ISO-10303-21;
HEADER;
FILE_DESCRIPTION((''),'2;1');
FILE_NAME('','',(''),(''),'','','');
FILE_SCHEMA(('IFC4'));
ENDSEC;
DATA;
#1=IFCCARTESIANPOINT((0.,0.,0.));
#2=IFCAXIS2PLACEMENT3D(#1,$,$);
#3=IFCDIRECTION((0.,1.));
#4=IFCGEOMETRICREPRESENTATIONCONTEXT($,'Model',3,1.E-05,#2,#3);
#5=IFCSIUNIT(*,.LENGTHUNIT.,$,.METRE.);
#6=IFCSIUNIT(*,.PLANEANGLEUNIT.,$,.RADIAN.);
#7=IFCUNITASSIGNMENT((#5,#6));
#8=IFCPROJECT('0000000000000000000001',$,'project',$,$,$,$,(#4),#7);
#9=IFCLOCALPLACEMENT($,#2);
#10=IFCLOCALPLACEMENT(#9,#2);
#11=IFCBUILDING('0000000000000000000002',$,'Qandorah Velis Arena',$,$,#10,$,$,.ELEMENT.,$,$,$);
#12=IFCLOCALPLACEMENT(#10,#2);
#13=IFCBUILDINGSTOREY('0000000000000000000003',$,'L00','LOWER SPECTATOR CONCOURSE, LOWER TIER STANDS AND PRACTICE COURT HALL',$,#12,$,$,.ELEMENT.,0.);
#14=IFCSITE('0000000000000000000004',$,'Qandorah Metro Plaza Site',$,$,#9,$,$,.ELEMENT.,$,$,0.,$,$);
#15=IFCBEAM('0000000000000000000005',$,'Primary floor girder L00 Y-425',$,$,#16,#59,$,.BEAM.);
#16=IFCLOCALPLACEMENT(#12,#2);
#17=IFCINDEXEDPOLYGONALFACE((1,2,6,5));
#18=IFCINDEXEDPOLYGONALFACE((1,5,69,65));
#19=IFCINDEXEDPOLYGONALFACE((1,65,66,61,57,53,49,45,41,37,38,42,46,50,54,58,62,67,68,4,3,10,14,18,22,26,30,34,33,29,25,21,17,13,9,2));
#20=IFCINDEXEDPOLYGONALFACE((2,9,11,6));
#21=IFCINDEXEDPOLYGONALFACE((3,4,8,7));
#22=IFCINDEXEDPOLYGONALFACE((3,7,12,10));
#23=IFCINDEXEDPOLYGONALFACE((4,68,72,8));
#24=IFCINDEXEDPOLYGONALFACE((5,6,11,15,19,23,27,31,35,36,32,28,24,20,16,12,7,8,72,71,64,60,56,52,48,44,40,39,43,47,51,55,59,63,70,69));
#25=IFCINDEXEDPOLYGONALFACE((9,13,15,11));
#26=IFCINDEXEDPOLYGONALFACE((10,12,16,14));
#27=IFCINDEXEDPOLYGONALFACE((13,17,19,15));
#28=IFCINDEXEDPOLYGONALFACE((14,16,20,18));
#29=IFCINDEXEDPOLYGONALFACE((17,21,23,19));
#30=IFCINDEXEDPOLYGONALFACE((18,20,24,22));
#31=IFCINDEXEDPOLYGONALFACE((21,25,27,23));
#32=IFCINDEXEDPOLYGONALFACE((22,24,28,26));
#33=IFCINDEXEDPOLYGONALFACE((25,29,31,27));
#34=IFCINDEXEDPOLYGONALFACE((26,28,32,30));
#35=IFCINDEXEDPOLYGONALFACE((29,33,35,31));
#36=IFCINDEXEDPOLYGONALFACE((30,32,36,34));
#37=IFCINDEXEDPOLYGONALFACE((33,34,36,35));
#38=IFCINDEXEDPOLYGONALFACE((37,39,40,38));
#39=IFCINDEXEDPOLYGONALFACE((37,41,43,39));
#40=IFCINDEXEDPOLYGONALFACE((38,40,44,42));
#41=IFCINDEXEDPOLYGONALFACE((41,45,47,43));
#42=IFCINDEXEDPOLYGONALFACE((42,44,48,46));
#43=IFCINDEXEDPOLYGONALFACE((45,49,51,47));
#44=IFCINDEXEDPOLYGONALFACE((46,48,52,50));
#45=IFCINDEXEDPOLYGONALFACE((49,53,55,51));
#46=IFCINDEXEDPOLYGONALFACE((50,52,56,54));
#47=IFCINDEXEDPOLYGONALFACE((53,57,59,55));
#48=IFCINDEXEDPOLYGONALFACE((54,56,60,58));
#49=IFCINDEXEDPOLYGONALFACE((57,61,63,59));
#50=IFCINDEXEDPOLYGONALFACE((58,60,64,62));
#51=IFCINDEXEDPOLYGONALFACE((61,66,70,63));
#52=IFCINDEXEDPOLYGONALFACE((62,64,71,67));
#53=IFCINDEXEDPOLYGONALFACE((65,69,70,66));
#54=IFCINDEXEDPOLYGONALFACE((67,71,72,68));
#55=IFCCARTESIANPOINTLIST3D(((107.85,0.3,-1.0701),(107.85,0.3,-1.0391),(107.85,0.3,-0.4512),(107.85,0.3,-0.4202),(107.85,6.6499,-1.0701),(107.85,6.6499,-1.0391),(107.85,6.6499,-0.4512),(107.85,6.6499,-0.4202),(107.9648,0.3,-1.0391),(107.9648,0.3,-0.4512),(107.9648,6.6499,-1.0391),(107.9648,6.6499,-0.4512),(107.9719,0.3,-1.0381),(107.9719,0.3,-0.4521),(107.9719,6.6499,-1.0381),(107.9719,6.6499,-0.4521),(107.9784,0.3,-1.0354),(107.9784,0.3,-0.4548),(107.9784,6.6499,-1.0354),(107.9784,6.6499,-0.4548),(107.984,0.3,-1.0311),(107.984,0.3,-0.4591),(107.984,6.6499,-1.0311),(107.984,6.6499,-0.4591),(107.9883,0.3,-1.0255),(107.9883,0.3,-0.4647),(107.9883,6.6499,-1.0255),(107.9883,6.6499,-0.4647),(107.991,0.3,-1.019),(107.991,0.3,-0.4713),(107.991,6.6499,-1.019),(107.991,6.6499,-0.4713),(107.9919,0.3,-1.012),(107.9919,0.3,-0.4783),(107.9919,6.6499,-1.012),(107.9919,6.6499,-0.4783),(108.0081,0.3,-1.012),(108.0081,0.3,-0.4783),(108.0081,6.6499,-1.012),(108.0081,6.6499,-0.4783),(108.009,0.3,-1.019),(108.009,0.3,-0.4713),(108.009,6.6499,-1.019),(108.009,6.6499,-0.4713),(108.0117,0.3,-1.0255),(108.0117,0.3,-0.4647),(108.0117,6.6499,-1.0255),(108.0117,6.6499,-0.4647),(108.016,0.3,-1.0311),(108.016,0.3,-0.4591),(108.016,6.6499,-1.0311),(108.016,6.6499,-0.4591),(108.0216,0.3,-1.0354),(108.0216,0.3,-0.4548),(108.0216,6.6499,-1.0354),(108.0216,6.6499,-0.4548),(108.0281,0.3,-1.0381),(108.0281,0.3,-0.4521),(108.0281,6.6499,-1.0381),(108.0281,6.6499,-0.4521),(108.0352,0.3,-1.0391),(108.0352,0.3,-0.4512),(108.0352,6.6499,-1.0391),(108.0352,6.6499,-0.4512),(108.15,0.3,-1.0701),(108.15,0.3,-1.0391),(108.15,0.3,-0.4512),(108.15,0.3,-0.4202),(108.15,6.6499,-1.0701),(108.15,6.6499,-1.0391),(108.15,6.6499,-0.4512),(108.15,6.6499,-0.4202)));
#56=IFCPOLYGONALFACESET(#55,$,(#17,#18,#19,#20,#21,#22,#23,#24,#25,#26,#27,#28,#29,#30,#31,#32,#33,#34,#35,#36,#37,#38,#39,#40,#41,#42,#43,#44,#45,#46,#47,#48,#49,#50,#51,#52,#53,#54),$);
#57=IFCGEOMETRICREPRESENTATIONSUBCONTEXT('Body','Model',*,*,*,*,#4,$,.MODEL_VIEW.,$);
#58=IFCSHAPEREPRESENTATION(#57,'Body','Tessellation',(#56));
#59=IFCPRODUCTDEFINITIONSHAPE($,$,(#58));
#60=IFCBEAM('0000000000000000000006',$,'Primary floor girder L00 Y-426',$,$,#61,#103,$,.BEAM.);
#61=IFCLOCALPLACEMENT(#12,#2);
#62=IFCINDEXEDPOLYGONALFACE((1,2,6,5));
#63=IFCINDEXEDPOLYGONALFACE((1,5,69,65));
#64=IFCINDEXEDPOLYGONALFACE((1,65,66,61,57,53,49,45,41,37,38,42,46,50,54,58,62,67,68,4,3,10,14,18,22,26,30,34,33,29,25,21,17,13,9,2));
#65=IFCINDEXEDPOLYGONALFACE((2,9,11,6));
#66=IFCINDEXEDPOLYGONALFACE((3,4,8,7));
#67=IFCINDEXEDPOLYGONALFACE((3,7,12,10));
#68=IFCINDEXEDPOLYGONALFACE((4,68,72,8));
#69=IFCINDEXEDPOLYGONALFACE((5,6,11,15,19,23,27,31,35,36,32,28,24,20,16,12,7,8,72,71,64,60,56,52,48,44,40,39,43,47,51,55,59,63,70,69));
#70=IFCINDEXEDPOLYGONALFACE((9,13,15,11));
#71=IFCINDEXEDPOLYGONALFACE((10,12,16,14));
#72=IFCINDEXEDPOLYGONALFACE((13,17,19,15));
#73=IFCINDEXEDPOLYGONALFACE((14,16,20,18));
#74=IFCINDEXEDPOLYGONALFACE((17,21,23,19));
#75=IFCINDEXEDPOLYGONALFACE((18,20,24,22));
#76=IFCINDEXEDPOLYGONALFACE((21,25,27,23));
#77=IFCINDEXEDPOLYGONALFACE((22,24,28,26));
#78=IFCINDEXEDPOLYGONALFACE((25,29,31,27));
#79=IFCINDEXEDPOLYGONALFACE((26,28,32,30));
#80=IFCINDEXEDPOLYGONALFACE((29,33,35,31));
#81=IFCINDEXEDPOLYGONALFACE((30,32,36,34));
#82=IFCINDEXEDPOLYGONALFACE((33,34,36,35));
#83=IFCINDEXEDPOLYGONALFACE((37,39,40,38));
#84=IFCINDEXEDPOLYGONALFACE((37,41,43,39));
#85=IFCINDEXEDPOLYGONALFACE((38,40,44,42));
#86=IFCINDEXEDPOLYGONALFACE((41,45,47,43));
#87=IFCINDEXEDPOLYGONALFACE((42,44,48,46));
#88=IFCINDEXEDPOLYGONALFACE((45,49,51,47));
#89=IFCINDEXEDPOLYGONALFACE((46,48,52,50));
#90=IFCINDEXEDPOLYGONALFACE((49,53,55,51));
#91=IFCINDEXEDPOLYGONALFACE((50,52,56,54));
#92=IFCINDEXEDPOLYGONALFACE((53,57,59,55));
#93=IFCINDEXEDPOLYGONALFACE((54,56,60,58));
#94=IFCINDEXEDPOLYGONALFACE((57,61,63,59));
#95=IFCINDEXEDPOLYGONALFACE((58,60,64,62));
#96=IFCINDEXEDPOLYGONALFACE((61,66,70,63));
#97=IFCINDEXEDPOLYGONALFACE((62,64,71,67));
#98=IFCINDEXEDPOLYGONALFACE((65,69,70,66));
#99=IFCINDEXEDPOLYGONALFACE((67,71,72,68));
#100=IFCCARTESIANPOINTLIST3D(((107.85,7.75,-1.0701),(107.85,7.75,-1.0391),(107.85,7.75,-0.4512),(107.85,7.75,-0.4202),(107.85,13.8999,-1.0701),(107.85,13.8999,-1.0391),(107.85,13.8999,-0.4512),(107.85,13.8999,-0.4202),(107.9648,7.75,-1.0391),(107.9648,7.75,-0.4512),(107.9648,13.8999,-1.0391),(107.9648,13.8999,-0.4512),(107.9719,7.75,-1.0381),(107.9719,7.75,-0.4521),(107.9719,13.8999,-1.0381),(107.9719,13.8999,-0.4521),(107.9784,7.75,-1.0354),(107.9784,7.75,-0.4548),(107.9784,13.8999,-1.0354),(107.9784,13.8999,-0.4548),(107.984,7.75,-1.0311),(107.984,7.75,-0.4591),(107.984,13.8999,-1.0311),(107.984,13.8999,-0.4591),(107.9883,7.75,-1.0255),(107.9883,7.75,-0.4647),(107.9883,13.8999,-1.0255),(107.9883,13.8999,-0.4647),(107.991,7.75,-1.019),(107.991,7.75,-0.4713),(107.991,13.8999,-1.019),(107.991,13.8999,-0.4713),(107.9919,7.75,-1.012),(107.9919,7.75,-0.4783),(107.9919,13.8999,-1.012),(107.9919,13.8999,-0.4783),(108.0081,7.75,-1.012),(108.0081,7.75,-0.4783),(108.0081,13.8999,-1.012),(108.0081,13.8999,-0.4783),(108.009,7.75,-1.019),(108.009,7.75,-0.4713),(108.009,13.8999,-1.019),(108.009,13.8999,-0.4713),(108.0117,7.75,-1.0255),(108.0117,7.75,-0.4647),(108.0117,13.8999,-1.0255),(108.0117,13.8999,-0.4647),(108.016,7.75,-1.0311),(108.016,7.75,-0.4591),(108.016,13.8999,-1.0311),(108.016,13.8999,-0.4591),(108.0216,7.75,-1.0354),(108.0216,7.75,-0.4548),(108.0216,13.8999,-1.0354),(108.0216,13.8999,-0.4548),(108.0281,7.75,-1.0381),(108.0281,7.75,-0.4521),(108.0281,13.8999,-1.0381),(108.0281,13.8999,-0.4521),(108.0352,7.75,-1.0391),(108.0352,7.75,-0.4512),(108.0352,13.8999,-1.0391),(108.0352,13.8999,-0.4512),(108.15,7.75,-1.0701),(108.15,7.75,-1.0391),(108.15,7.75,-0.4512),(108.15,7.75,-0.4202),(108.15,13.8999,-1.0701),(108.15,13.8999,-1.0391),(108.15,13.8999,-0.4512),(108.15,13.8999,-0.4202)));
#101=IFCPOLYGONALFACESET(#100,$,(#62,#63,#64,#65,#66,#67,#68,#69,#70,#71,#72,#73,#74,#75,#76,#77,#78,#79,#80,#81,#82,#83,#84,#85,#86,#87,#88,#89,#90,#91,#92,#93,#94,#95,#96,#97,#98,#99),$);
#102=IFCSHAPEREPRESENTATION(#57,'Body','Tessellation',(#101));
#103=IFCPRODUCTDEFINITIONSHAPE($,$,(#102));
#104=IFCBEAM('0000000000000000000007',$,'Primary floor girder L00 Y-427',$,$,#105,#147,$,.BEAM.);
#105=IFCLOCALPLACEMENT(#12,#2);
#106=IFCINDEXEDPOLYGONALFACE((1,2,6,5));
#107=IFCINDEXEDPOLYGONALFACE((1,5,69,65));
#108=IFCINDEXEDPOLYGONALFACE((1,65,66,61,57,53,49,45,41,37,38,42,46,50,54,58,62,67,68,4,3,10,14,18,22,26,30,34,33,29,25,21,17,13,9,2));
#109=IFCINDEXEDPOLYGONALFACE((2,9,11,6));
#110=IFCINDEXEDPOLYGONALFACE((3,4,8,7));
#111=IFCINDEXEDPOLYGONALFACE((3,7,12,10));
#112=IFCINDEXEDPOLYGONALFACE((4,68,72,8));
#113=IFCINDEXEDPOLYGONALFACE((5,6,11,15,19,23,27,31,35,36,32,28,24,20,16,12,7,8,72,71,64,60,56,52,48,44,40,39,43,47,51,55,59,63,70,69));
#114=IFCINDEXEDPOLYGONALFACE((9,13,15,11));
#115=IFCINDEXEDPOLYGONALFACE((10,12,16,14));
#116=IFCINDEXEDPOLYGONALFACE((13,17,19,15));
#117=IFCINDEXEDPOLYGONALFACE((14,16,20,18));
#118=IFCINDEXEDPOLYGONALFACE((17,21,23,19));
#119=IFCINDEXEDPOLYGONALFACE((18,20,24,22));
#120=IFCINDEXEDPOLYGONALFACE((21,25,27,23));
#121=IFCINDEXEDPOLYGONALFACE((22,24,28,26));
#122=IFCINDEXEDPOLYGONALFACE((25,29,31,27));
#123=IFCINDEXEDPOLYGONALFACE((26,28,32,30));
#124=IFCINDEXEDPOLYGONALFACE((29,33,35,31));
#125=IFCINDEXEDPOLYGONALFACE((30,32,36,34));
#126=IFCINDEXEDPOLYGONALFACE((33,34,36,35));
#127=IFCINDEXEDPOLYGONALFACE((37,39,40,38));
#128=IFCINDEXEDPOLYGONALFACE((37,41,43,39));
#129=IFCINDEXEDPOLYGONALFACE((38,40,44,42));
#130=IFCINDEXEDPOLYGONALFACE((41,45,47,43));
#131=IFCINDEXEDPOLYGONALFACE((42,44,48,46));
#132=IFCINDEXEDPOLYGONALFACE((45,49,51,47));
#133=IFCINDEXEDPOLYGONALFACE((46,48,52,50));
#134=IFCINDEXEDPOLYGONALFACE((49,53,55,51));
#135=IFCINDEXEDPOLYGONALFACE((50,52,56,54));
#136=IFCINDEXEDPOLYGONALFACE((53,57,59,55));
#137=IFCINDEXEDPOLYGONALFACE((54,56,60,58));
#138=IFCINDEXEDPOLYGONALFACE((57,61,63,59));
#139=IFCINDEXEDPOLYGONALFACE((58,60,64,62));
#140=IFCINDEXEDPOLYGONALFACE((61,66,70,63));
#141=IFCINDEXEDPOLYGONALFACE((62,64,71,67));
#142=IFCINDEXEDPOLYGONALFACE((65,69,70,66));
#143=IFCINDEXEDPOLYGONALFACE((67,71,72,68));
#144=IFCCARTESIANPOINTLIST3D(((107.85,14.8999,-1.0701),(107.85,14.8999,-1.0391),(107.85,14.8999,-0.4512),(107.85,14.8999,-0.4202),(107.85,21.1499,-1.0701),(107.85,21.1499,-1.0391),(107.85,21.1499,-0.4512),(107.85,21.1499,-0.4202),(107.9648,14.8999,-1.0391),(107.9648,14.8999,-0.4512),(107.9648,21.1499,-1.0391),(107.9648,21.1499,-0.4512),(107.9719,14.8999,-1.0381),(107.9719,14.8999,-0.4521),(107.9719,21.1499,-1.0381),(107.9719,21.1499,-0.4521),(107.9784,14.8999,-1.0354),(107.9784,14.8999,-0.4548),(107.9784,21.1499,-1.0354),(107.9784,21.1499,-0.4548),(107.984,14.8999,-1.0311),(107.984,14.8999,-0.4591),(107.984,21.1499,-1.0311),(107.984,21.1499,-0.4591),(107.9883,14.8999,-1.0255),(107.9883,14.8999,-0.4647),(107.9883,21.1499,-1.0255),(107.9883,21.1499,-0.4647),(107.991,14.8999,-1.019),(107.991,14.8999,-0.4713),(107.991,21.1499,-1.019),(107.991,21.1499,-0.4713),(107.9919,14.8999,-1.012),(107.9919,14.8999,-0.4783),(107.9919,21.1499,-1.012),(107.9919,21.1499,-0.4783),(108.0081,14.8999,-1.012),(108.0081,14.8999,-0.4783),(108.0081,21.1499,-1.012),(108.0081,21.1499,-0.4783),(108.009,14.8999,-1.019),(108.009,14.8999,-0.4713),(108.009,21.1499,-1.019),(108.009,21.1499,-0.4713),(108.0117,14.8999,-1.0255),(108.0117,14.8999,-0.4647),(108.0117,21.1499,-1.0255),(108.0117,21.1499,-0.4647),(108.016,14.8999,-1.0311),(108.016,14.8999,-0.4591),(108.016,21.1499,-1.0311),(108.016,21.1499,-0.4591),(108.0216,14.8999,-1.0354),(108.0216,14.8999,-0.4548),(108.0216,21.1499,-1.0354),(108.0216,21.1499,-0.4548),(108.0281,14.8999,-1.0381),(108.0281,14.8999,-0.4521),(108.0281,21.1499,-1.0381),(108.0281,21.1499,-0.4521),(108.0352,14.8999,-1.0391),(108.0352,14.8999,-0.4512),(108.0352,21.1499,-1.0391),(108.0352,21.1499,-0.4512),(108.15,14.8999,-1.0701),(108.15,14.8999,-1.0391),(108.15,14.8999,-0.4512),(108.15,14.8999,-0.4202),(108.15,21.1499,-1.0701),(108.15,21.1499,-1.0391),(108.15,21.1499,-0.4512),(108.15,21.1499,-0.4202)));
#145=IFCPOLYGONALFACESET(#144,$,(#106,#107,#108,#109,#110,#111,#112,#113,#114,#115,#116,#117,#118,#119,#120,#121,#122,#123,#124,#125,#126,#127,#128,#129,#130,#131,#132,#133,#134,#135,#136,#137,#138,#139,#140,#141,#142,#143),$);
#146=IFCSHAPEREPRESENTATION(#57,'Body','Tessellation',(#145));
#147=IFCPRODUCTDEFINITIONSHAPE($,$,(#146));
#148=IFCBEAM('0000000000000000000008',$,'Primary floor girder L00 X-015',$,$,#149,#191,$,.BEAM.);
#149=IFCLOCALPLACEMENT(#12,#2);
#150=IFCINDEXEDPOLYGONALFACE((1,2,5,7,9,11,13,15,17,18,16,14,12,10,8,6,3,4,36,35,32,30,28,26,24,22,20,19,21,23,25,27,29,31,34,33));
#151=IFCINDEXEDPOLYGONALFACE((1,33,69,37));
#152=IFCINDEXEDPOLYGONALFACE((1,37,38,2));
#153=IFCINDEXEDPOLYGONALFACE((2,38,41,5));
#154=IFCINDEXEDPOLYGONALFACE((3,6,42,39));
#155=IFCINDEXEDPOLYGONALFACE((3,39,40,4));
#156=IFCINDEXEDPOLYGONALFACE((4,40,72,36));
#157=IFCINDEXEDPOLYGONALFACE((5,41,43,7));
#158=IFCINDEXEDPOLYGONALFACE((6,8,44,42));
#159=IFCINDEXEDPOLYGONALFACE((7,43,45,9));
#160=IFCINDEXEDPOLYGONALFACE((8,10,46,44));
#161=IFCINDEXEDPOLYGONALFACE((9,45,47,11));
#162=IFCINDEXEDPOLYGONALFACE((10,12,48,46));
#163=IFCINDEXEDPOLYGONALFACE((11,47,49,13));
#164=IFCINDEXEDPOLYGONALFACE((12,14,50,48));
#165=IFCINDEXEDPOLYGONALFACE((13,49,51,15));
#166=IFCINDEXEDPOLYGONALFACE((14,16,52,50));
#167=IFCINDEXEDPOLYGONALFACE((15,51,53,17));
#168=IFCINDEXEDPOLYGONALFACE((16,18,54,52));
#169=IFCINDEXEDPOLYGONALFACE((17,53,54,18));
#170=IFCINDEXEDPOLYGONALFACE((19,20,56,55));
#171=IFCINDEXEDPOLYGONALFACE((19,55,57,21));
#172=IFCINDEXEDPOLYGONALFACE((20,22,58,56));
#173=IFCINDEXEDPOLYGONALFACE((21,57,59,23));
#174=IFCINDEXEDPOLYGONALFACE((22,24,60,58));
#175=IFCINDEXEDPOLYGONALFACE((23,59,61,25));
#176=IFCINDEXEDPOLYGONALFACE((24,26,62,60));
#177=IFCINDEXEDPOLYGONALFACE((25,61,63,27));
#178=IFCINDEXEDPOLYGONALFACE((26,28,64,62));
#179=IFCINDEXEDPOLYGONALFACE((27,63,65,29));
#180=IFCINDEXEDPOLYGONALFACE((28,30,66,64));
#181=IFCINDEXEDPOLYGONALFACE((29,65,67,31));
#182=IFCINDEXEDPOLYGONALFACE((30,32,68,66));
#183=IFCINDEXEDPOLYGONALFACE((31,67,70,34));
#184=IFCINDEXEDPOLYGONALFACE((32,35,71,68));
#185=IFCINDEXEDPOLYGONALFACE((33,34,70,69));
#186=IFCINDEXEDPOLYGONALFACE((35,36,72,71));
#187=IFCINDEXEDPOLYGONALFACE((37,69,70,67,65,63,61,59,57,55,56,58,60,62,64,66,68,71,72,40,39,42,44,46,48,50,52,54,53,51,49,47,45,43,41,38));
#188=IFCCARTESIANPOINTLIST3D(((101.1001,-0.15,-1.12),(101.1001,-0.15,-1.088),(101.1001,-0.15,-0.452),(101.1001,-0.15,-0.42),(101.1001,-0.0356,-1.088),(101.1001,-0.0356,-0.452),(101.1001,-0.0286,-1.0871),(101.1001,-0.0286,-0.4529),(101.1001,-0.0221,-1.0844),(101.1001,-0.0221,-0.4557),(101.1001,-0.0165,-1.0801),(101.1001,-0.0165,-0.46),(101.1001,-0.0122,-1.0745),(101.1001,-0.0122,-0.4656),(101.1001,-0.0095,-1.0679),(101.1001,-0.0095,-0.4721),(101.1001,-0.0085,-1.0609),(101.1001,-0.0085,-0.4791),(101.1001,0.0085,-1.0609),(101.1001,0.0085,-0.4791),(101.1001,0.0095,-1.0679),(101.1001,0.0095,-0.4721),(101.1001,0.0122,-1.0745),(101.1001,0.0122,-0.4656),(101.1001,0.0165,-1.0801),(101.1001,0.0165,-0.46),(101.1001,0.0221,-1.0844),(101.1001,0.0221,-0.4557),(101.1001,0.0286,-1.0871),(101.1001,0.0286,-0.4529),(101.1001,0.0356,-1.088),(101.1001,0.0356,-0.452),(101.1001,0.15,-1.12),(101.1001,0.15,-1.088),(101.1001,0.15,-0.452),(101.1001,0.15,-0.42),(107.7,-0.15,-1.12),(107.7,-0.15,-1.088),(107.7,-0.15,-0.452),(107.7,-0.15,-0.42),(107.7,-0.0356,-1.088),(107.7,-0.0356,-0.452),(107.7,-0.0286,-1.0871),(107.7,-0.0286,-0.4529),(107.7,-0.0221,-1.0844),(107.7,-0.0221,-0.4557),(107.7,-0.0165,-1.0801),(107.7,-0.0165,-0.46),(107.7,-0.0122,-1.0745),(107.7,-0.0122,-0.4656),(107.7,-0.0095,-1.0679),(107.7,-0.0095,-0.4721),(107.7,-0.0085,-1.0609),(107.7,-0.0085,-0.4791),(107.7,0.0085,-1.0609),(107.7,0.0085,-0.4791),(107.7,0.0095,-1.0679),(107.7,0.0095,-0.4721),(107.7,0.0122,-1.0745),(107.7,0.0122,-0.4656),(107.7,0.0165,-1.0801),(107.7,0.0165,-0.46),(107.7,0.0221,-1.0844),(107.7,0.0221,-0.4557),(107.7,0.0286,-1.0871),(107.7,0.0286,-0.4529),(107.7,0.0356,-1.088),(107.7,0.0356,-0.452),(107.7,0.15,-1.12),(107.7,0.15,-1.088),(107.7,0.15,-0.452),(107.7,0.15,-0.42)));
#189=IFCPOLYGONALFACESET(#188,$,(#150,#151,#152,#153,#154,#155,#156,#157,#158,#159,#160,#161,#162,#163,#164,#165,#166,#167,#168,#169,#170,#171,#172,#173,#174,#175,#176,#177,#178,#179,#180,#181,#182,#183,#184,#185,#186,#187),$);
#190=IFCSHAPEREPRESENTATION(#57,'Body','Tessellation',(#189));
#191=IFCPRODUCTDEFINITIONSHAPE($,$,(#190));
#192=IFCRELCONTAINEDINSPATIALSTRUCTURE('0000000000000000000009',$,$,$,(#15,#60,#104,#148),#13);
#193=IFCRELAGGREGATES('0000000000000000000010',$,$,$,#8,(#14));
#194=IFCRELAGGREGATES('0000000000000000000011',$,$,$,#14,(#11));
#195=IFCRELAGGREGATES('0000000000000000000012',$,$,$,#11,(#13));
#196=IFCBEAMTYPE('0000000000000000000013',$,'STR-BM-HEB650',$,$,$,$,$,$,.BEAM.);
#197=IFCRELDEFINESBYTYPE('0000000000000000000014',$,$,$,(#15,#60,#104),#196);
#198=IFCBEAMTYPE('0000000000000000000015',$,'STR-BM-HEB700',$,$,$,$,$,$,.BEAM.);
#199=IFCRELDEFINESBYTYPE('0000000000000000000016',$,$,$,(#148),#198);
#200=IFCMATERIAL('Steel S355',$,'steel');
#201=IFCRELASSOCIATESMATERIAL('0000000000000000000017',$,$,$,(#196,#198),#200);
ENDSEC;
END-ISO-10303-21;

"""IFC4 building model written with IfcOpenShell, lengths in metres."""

from ifc_helpers import new_model, si_unit, direction, frame, origin, origin_2d, place, context, subcontext, project, spatial, i_section, extrude, material, material_profile, profile_set, type_object, element, save


model = new_model("IFC4")

# Units and contexts
model_context = context("Model", 3, precision=1e-05, world=origin(), true_north=direction((0.0, 1.0)))
body_context = subcontext(model_context, "Body", "Model", "MODEL_VIEW")
ifc_project = project(units=[si_unit("LENGTHUNIT", "METRE"), si_unit("PLANEANGLEUNIT", "RADIAN")], contexts=[model_context])

# Site, building, storey
site_placement = place(None, origin())
site = spatial("IfcSite", under=ifc_project, at=site_placement, Name="Qandorah Metro Plaza Site", CompositionType="ELEMENT", RefElevation=0.0)
building_placement = place(site_placement, origin())
building = spatial("IfcBuilding", under=site, at=building_placement, Name="Qandorah Velis Arena", CompositionType="ELEMENT")
storey_placement = place(building_placement, origin())
storey = spatial("IfcBuildingStorey", under=building, at=storey_placement, Name="L00", Description="LOWER SPECTATOR CONCOURSE, LOWER TIER STANDS AND PRACTICE COURT HALL", CompositionType="ELEMENT", Elevation=0.0)

# Beams
ifc_material_1 = material(Name="Steel S355", Category="steel")
ifc_material_profile_1 = material_profile(ifc_material_1, i_section(OverallWidth=0.3, OverallDepth=0.6499, WebThickness=0.0161, FlangeThickness=0.031, FilletRadius=0.0271, at=origin_2d()), Name="HEB 650")
ifc_profile_set_1 = profile_set([ifc_material_profile_1], Name="Steel S355")
beam_type_1 = type_object("IfcBeamType", Name="STR-BM-HEB650", PredefinedType="BEAM", material=ifc_profile_set_1)
beam_1_placement = place(storey_placement, frame((108.0, 0.3, -0.7451), z_axis=(0.0, 1.0, 0.0), x_axis=(-1.0, 0.0, 0.0)))
element("IfcBeam", 1, at=beam_1_placement, inside=storey, type_object=beam_type_1, Name="Primary floor girder L00 Y-425", PredefinedType="BEAM", context=body_context, shape_type="SweptSolid", body=[
    extrude(i_section(OverallWidth=0.3, OverallDepth=0.6499, WebThickness=0.0161, FlangeThickness=0.031, FilletRadius=0.0271, at=origin_2d()), origin(), (0.0, 0.0, 1.0), 6.3499),
])
beam_2_placement = place(storey_placement, frame((108.0, 7.75, -0.7451), z_axis=(0.0, 1.0, 0.0), x_axis=(-1.0, 0.0, 0.0)))
element("IfcBeam", 2, at=beam_2_placement, inside=storey, type_object=beam_type_1, Name="Primary floor girder L00 Y-426", PredefinedType="BEAM", context=body_context, shape_type="SweptSolid", body=[
    extrude(i_section(OverallWidth=0.3, OverallDepth=0.6499, WebThickness=0.0161, FlangeThickness=0.031, FilletRadius=0.0271, at=origin_2d()), origin(), (0.0, 0.0, 1.0), 6.1499),
])
beam_3_placement = place(storey_placement, frame((108.0, 14.8999, -0.7451), z_axis=(0.0, 1.0, 0.0), x_axis=(-1.0, 0.0, 0.0)))
element("IfcBeam", 3, at=beam_3_placement, inside=storey, type_object=beam_type_1, Name="Primary floor girder L00 Y-427", PredefinedType="BEAM", context=body_context, shape_type="SweptSolid", body=[
    extrude(i_section(OverallWidth=0.3, OverallDepth=0.6499, WebThickness=0.0161, FlangeThickness=0.031, FilletRadius=0.0271, at=origin_2d()), origin(), (0.0, 0.0, 1.0), 6.25),
])
ifc_material_profile_2 = material_profile(ifc_material_1, i_section(OverallWidth=0.3, OverallDepth=0.7, WebThickness=0.0171, FlangeThickness=0.032, FilletRadius=0.0271, at=origin_2d()), Name="HEB 700")
ifc_profile_set_2 = profile_set([ifc_material_profile_2], Name="Steel S355")
beam_type_2 = type_object("IfcBeamType", Name="STR-BM-HEB700", PredefinedType="BEAM", material=ifc_profile_set_2)
beam_4_placement = place(storey_placement, frame((101.1001, 0.0, -0.77), z_axis=(1.0, 0.0, 0.0), x_axis=(0.0, 1.0, 0.0)))
element("IfcBeam", 4, at=beam_4_placement, inside=storey, type_object=beam_type_2, Name="Primary floor girder L00 X-015", PredefinedType="BEAM", context=body_context, shape_type="SweptSolid", body=[
    extrude(i_section(OverallWidth=0.3, OverallDepth=0.7, WebThickness=0.0171, FlangeThickness=0.032, FilletRadius=0.0271, at=origin_2d()), origin(), (0.0, 0.0, 1.0), 6.5999),
])

save(model, "model.ifc")
